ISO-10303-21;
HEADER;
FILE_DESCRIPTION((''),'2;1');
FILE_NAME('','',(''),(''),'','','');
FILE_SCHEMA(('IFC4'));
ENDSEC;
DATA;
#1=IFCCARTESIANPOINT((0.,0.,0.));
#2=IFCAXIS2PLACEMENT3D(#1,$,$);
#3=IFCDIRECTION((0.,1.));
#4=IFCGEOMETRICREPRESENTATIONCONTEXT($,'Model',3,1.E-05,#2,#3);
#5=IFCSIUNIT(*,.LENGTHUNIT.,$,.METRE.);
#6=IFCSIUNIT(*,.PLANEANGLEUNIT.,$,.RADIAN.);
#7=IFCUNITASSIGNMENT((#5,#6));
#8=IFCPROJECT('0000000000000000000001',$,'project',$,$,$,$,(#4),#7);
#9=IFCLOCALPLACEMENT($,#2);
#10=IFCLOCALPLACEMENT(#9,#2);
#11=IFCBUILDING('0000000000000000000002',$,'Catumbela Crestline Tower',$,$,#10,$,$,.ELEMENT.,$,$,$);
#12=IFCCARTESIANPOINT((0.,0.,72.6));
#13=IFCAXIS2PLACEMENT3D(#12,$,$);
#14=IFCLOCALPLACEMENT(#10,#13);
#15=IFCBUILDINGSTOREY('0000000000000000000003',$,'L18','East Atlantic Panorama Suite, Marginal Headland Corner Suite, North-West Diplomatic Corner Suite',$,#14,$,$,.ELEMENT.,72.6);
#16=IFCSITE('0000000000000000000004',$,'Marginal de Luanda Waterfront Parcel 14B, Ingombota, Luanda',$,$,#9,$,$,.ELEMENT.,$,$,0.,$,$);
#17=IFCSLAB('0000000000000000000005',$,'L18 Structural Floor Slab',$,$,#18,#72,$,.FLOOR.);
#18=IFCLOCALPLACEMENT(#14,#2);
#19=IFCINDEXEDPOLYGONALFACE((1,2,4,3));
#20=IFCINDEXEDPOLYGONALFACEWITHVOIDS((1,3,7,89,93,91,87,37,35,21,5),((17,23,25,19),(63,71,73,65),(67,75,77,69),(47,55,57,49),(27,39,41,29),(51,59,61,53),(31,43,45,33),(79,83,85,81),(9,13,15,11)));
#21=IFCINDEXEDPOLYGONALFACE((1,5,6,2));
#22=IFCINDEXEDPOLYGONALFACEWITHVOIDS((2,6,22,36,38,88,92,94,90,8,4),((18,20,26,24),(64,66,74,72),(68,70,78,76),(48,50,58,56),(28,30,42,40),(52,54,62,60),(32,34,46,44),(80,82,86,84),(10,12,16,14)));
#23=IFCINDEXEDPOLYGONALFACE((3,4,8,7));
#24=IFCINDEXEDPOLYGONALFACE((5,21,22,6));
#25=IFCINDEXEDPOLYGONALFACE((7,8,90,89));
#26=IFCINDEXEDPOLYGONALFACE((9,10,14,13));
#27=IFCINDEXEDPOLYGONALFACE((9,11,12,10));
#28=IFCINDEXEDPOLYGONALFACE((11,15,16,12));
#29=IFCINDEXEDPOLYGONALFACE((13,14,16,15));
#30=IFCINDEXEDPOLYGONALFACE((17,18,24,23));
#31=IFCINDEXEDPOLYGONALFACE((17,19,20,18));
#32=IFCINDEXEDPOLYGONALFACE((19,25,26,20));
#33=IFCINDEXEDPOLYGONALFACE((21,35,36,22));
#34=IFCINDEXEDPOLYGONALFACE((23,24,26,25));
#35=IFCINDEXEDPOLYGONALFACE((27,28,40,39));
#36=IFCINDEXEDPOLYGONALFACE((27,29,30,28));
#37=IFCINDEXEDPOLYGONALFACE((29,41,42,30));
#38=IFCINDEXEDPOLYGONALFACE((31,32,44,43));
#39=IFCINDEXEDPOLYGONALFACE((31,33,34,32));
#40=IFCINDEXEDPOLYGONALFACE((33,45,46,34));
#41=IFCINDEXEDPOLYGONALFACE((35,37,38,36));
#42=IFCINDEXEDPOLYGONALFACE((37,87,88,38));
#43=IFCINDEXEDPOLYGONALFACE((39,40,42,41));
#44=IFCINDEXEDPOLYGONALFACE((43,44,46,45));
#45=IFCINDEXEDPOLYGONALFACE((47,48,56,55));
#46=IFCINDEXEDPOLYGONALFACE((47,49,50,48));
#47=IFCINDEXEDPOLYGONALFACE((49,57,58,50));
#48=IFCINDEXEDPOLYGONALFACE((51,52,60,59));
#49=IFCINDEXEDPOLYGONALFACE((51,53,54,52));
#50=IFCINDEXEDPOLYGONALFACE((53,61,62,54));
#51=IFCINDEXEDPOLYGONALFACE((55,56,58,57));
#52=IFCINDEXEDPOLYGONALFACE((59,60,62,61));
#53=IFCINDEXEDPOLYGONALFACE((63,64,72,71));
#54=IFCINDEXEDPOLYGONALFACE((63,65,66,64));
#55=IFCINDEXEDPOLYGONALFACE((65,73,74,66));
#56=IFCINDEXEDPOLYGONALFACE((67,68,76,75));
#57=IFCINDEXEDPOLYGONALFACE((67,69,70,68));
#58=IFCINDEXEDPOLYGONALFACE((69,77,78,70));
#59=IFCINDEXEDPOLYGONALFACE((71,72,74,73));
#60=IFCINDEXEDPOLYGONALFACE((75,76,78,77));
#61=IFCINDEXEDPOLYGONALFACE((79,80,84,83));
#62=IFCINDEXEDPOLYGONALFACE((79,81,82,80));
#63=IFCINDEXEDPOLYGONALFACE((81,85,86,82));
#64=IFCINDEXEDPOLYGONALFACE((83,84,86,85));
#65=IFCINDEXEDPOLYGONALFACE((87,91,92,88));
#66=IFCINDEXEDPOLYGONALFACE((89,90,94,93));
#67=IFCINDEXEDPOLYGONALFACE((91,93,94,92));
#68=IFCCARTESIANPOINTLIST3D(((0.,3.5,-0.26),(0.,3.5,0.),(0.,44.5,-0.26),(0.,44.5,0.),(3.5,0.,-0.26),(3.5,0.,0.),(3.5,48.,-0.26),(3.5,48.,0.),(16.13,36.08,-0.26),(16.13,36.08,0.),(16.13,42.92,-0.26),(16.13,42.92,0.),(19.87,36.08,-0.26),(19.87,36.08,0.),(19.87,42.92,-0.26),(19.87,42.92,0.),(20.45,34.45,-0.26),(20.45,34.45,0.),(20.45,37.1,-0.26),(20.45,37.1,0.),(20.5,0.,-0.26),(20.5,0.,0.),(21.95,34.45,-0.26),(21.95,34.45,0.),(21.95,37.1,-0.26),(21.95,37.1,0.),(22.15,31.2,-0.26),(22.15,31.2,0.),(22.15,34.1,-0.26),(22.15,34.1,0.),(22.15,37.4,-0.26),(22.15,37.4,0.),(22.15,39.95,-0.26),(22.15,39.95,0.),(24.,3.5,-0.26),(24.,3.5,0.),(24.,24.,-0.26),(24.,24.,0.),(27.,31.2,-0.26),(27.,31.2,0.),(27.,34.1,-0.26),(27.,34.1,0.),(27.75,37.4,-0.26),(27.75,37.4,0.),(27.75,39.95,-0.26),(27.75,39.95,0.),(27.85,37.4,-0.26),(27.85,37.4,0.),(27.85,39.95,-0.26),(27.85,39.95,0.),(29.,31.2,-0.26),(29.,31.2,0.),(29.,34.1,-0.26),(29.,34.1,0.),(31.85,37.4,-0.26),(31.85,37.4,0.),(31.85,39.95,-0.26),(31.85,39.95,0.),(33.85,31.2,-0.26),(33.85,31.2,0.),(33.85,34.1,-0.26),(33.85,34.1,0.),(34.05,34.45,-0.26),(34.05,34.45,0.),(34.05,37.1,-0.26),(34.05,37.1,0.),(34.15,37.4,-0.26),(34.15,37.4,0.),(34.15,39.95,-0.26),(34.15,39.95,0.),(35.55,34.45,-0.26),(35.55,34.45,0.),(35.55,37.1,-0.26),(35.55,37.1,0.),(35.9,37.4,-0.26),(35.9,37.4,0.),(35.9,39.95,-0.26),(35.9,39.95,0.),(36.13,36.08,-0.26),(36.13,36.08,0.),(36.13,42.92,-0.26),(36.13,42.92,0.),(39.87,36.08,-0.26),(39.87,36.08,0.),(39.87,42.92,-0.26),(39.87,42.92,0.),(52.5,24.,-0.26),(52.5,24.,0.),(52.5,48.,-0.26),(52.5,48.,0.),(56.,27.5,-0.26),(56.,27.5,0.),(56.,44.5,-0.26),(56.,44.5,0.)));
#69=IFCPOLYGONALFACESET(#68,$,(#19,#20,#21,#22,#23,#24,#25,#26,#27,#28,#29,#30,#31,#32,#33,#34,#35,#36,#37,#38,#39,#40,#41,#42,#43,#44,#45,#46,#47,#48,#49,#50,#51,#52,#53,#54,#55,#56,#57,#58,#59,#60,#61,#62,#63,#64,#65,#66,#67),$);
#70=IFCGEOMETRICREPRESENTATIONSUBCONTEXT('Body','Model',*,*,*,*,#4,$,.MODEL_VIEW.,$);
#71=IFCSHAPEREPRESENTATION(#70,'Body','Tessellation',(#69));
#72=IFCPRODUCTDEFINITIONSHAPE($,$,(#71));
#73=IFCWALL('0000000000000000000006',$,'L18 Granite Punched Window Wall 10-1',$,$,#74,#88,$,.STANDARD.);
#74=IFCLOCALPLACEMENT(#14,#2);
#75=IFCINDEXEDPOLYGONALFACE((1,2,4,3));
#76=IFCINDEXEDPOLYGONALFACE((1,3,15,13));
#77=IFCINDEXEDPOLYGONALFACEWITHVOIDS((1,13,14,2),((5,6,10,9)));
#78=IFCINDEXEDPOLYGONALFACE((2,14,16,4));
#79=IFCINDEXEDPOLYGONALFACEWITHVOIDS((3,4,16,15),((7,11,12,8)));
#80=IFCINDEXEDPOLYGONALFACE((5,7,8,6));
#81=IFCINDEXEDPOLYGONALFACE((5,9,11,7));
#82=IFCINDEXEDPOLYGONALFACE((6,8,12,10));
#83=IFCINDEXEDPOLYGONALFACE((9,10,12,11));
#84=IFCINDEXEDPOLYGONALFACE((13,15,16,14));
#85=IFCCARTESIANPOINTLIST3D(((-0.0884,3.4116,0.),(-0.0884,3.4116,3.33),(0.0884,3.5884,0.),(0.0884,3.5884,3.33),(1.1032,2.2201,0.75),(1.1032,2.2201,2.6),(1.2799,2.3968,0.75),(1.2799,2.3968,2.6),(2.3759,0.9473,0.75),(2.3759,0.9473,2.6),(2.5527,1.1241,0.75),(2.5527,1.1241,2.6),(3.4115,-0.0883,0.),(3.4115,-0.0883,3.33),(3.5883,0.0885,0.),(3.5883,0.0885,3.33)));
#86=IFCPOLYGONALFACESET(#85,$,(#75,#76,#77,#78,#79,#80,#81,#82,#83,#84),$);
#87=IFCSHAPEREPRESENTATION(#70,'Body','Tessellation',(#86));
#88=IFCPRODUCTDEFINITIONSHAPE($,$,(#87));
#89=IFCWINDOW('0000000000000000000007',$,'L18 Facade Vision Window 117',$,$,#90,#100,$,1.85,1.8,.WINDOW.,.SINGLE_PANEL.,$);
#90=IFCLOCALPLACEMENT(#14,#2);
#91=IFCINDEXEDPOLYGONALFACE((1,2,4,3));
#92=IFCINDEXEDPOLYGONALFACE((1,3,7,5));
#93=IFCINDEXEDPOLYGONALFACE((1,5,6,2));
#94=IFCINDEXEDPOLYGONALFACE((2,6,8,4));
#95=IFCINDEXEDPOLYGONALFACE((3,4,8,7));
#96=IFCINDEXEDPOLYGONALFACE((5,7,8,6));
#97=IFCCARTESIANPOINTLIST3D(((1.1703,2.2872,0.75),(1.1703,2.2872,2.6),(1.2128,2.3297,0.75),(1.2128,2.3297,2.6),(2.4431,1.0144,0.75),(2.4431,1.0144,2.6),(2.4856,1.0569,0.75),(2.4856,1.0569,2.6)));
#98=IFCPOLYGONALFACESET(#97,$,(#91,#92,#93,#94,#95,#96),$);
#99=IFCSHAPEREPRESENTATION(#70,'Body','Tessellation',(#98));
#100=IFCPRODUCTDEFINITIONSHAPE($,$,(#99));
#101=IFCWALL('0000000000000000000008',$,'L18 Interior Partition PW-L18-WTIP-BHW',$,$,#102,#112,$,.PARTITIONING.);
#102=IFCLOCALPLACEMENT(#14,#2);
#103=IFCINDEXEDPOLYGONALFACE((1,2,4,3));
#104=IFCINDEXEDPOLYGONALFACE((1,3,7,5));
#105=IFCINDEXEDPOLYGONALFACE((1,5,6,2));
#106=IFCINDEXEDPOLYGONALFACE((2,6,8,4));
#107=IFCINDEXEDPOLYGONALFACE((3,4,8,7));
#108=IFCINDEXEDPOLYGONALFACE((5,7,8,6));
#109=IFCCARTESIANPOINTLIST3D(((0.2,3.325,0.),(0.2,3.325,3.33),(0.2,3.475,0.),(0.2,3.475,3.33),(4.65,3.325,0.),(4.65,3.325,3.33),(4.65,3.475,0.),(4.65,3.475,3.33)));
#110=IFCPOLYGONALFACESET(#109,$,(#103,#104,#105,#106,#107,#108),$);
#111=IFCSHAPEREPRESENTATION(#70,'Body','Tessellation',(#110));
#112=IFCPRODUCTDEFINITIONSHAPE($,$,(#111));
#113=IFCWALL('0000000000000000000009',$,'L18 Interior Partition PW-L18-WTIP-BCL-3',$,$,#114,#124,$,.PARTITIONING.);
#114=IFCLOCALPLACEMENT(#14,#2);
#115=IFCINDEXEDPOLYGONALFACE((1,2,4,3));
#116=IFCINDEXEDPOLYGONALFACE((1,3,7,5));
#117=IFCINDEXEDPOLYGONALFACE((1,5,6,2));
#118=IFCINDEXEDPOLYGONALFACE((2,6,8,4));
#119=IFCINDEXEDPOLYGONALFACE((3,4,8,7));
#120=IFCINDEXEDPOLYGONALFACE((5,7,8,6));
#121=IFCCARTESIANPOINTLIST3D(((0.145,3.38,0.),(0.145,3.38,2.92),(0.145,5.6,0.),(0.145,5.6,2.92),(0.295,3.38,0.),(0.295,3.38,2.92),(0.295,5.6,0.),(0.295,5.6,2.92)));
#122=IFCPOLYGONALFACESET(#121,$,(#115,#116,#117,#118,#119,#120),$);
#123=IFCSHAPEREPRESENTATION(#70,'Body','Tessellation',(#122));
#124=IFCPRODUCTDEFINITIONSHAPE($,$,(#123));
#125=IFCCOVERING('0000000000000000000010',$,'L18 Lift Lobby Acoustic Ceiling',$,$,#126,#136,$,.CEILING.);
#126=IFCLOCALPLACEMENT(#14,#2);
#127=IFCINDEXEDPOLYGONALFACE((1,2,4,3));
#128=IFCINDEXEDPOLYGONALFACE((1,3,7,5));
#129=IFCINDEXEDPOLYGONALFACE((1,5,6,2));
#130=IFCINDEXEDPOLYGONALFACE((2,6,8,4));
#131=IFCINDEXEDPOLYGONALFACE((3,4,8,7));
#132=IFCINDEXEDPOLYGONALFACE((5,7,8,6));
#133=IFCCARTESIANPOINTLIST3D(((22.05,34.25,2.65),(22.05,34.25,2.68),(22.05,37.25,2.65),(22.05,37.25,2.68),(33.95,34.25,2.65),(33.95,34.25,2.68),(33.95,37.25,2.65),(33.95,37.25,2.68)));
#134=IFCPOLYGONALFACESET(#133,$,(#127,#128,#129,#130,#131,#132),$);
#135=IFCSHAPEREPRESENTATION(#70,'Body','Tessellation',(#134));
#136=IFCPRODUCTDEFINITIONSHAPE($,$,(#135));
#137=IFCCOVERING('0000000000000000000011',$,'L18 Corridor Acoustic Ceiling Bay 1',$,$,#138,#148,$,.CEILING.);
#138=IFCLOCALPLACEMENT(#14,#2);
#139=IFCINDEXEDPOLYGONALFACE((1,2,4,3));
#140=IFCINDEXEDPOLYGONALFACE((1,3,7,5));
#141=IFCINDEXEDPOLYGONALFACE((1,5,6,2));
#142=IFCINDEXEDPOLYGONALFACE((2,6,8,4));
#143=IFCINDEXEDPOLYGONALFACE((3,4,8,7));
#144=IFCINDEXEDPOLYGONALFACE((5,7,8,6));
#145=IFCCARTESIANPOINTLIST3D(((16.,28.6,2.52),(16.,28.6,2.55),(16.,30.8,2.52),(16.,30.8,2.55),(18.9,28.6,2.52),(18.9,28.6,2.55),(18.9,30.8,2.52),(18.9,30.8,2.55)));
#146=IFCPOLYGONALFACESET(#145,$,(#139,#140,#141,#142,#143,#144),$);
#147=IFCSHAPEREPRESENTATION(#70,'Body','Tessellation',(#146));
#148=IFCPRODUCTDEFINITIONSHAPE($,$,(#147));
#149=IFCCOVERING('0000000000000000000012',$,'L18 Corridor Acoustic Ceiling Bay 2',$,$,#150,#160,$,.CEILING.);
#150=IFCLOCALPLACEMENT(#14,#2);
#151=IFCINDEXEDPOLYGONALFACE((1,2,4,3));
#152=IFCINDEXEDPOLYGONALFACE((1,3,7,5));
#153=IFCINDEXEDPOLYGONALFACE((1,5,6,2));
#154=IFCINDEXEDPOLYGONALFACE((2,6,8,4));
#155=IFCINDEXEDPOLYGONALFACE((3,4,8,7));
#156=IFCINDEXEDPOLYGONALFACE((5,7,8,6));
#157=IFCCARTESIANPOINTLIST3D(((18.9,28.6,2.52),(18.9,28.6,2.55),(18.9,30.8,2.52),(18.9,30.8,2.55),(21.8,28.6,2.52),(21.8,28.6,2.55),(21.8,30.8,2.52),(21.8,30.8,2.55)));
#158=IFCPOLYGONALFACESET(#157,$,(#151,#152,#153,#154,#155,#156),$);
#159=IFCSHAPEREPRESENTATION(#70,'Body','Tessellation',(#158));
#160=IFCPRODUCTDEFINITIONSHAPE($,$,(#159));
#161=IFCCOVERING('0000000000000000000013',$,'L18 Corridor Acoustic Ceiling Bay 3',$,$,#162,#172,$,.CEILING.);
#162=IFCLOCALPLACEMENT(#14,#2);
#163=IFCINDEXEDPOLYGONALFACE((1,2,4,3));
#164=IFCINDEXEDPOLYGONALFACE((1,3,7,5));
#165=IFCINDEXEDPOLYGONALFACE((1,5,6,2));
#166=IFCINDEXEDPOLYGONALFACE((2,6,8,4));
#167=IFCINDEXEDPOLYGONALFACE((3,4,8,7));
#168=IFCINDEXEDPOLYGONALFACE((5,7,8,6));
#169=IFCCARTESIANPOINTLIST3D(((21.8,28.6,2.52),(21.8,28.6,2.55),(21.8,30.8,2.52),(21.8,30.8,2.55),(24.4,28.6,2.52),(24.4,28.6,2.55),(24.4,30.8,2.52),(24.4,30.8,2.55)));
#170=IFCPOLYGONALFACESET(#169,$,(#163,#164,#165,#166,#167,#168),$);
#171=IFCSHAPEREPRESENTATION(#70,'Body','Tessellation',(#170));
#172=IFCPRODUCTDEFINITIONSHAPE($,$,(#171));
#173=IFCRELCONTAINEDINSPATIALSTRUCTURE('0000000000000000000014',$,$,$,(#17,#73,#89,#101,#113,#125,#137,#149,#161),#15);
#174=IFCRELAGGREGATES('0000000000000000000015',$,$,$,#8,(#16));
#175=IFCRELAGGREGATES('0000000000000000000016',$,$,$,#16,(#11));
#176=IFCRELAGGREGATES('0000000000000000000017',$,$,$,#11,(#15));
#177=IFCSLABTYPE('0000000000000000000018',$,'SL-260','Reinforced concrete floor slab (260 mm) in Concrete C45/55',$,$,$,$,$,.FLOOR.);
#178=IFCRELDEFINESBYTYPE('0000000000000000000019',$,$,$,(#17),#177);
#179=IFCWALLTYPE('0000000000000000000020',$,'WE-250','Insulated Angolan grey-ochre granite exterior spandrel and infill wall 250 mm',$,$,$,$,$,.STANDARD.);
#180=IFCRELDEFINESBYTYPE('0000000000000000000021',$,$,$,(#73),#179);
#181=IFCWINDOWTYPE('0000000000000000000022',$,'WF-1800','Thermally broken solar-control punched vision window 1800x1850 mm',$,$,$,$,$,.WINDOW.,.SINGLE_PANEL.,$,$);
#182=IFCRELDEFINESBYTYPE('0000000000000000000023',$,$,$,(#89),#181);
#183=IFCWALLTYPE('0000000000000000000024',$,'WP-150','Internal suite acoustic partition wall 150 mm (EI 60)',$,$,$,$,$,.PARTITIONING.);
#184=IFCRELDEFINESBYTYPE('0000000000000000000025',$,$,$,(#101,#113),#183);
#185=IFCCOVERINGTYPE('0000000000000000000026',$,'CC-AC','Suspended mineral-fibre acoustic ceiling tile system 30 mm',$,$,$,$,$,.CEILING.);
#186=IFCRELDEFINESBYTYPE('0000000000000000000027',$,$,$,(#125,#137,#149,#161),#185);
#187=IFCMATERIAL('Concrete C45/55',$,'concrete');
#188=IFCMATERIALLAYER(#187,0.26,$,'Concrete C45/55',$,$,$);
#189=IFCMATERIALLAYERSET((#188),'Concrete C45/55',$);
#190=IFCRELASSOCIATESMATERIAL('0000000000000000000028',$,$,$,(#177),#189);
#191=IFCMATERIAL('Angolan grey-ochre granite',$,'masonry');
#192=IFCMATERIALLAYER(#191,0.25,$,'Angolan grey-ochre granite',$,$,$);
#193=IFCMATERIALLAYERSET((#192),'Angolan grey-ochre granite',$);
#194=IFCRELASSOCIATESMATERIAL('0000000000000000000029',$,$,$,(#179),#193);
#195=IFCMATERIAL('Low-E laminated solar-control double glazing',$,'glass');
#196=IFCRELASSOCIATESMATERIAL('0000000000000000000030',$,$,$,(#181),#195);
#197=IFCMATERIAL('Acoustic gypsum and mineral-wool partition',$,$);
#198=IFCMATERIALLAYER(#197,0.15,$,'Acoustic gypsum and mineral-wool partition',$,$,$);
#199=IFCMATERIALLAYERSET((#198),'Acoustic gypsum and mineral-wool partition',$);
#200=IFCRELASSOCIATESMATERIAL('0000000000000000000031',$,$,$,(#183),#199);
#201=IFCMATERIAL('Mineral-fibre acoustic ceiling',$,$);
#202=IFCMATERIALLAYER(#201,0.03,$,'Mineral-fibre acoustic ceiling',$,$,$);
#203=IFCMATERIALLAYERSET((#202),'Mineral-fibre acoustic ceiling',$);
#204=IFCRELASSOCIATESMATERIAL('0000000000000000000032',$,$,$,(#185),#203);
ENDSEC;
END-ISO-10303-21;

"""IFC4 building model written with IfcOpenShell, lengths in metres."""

from ifc_helpers import new_model, si_unit, direction, frame, frame_2d, origin, place, context, subcontext, project, spatial, polyline, rectangle, outline, extrude, material, layer, layer_set, type_object, element, fill, save


model = new_model("IFC4")

# Units and contexts
model_context = context("Model", 3, precision=1e-05, world=origin(), true_north=direction((0.0, 1.0)))
body_context = subcontext(model_context, "Body", "Model", "MODEL_VIEW")
ifc_project = project(units=[si_unit("LENGTHUNIT", "METRE"), si_unit("PLANEANGLEUNIT", "RADIAN")], contexts=[model_context])

# Site, building, storey
site_placement = place(None, origin())
site = spatial("IfcSite", under=ifc_project, at=site_placement, Name="Marginal de Luanda Waterfront Parcel 14B, Ingombota, Luanda", CompositionType="ELEMENT", RefElevation=0.0)
building_placement = place(site_placement, origin())
building = spatial("IfcBuilding", under=site, at=building_placement, Name="Catumbela Crestline Tower", CompositionType="ELEMENT")
storey_placement = place(building_placement, frame((0.0, 0.0, 72.6)))
storey = spatial("IfcBuildingStorey", under=building, at=storey_placement, Name="L18", Description="East Atlantic Panorama Suite, Marginal Headland Corner Suite, North-West Diplomatic Corner Suite", CompositionType="ELEMENT", Elevation=72.6)

# Shared definitions
ifc_material_1 = material(Name="Concrete C45/55", Category="concrete")

# Slab
ifc_layer_1 = layer(ifc_material_1, 0.26, Name="Concrete C45/55")
ifc_layer_set_1 = layer_set([ifc_layer_1], Name="Concrete C45/55")
slab_type_1 = type_object("IfcSlabType", Name="SL-260", Description="Reinforced concrete floor slab (260 mm) in Concrete C45/55", PredefinedType="FLOOR", material=ifc_layer_set_1)
slab_1_placement = place(storey_placement, frame((0.0, 0.0, -0.26)))
element("IfcSlab", 1, at=slab_1_placement, inside=storey, type_object=slab_type_1, Name="L18 Structural Floor Slab", PredefinedType="FLOOR", context=body_context, shape_type="SweptSolid", body=[
    extrude(outline(polyline([(3.5, 0.0), (20.5, 0.0), (24.0, 3.5), (24.0, 24.0), (52.5, 24.0), (56.0, 27.5), (56.0, 44.5), (52.5, 48.0), (3.5, 48.0), (0.0, 44.5), (0.0, 3.5), (3.5, 0.0)]), holes=[polyline([(16.13, 36.08), (19.87, 36.08), (19.87, 42.92), (16.13, 42.92), (16.13, 36.08)]), polyline([(36.13, 36.08), (39.87, 36.08), (39.87, 42.92), (36.13, 42.92), (36.13, 36.08)]), polyline([(22.15, 31.2), (27.0, 31.2), (27.0, 34.1), (22.15, 34.1), (22.15, 31.2)]), polyline([(29.0, 31.2), (33.85, 31.2), (33.85, 34.1), (29.0, 34.1), (29.0, 31.2)]), polyline([(22.15, 37.4), (27.75, 37.4), (27.75, 39.95), (22.15, 39.95), (22.15, 37.4)]), polyline([(27.85, 37.4), (31.85, 37.4), (31.85, 39.95), (27.85, 39.95), (27.85, 37.4)]), polyline([(20.45, 34.45), (21.95, 34.45), (21.95, 37.1), (20.45, 37.1), (20.45, 34.45)]), polyline([(34.05, 34.45), (35.55, 34.45), (35.55, 37.1), (34.05, 37.1), (34.05, 34.45)]), polyline([(34.15, 37.4), (35.9, 37.4), (35.9, 39.95), (34.15, 39.95), (34.15, 37.4)])]), origin(), (0.0, 0.0, 1.0), 0.26),
])

# Wall, opening, window
ifc_material_2 = material(Name="Angolan grey-ochre granite", Category="masonry")
ifc_layer_2 = layer(ifc_material_2, 0.25, Name="Angolan grey-ochre granite")
ifc_layer_set_2 = layer_set([ifc_layer_2], Name="Angolan grey-ochre granite")
wall_type_1 = type_object("IfcWallType", Name="WE-250", Description="Insulated Angolan grey-ochre granite exterior spandrel and infill wall 250 mm", PredefinedType="STANDARD", material=ifc_layer_set_2)
wall_1_placement = place(storey_placement, frame((0.0, 3.5, 0.0), z_axis=(0.0, 0.0, 1.0), x_axis=(0.707107, -0.707107, 0.0)))
wall_1 = element("IfcWall", 2, at=wall_1_placement, inside=storey, type_object=wall_type_1, Name="L18 Granite Punched Window Wall 10-1", PredefinedType="STANDARD", context=body_context, shape_type="SweptSolid", body=[
    extrude(rectangle(XDim=4.9497, YDim=0.25, at=frame_2d((2.4748, 0.0))), origin(), (0.0, 0.0, 1.0), 3.33),
])
opening_placement = place(wall_1_placement, frame((1.6851, 0.0, 0.75)))
opening = element("IfcOpeningElement", 3, at=opening_placement, cuts=wall_1, PredefinedType="OPENING", context=body_context, shape_type="SweptSolid", body=[
    extrude(rectangle(XDim=1.8, YDim=1.85, at=frame_2d((0.9, 0.925))), frame((0.0, 0.135, 0.0), z_axis=(0.0, -1.0, 0.0), x_axis=(1.0, 0.0, 0.0)), (0.0, 0.0, 1.0), 0.27),
])
ifc_material_3 = material(Name="Low-E laminated solar-control double glazing", Category="glass")
window_type = type_object("IfcWindowType", Name="WF-1800", Description="Thermally broken solar-control punched vision window 1800x1850 mm", PartitioningType="SINGLE_PANEL", PredefinedType="WINDOW", material=ifc_material_3)
window_placement = place(opening_placement, origin())
window = element("IfcWindow", 4, at=window_placement, inside=storey, type_object=window_type, Name="L18 Facade Vision Window 117", OverallHeight=1.85, OverallWidth=1.8, PartitioningType="SINGLE_PANEL", PredefinedType="WINDOW", context=body_context, shape_type="SweptSolid", body=[
    extrude(rectangle(XDim=1.8, YDim=1.85, at=frame_2d((0.9, 0.925))), frame((0.0, 0.03, 0.0), z_axis=(0.0, -1.0, 0.0), x_axis=(1.0, 0.0, 0.0)), (0.0, 0.0, 1.0), 0.06),
])
fill(opening, window)

# Walls
ifc_material_4 = material(Name="Acoustic gypsum and mineral-wool partition")
ifc_layer_3 = layer(ifc_material_4, 0.15, Name="Acoustic gypsum and mineral-wool partition")
ifc_layer_set_3 = layer_set([ifc_layer_3], Name="Acoustic gypsum and mineral-wool partition")
wall_type_2 = type_object("IfcWallType", Name="WP-150", Description="Internal suite acoustic partition wall 150 mm (EI 60)", PredefinedType="PARTITIONING", material=ifc_layer_set_3)
wall_2_placement = place(storey_placement, frame((0.2, 3.4, 0.0), z_axis=(0.0, 0.0, 1.0), x_axis=(1.0, 0.0, 0.0)))
element("IfcWall", 5, at=wall_2_placement, inside=storey, type_object=wall_type_2, Name="L18 Interior Partition PW-L18-WTIP-BHW", PredefinedType="PARTITIONING", context=body_context, shape_type="SweptSolid", body=[
    extrude(rectangle(XDim=4.45, YDim=0.15, at=frame_2d((2.225, 0.0))), origin(), (0.0, 0.0, 1.0), 3.33),
])
wall_3_placement = place(storey_placement, frame((0.22, 3.38, 0.0), z_axis=(0.0, 0.0, 1.0), x_axis=(0.0, 1.0, 0.0)))
element("IfcWall", 6, at=wall_3_placement, inside=storey, type_object=wall_type_2, Name="L18 Interior Partition PW-L18-WTIP-BCL-3", PredefinedType="PARTITIONING", context=body_context, shape_type="SweptSolid", body=[
    extrude(rectangle(XDim=2.22, YDim=0.15, at=frame_2d((1.11, 0.0))), origin(), (0.0, 0.0, 1.0), 2.92),
])

# Coverings
ifc_material_5 = material(Name="Mineral-fibre acoustic ceiling")
ifc_layer_4 = layer(ifc_material_5, 0.03, Name="Mineral-fibre acoustic ceiling")
ifc_layer_set_4 = layer_set([ifc_layer_4], Name="Mineral-fibre acoustic ceiling")
covering_type_1 = type_object("IfcCoveringType", Name="CC-AC", Description="Suspended mineral-fibre acoustic ceiling tile system 30 mm", PredefinedType="CEILING", material=ifc_layer_set_4)
covering_1_placement = place(storey_placement, frame((0.0, 0.0, 2.65)))
element("IfcCovering", 7, at=covering_1_placement, inside=storey, type_object=covering_type_1, Name="L18 Lift Lobby Acoustic Ceiling", PredefinedType="CEILING", context=body_context, shape_type="SweptSolid", body=[
    extrude(outline(polyline([(22.05, 34.25), (33.95, 34.25), (33.95, 37.25), (22.05, 37.25), (22.05, 34.25)])), origin(), (0.0, 0.0, 1.0), 0.03),
])
covering_2_placement = place(storey_placement, frame((0.0, 0.0, 2.52)))
element("IfcCovering", 8, at=covering_2_placement, inside=storey, type_object=covering_type_1, Name="L18 Corridor Acoustic Ceiling Bay 1", PredefinedType="CEILING", context=body_context, shape_type="SweptSolid", body=[
    extrude(outline(polyline([(16.0, 28.6), (18.9, 28.6), (18.9, 30.8), (16.0, 30.8), (16.0, 28.6)])), origin(), (0.0, 0.0, 1.0), 0.03),
])
covering_3_placement = place(storey_placement, frame((0.0, 0.0, 2.52)))
element("IfcCovering", 9, at=covering_3_placement, inside=storey, type_object=covering_type_1, Name="L18 Corridor Acoustic Ceiling Bay 2", PredefinedType="CEILING", context=body_context, shape_type="SweptSolid", body=[
    extrude(outline(polyline([(18.9, 28.6), (21.8, 28.6), (21.8, 30.8), (18.9, 30.8), (18.9, 28.6)])), origin(), (0.0, 0.0, 1.0), 0.03),
])
covering_4_placement = place(storey_placement, frame((0.0, 0.0, 2.52)))
element("IfcCovering", 10, at=covering_4_placement, inside=storey, type_object=covering_type_1, Name="L18 Corridor Acoustic Ceiling Bay 3", PredefinedType="CEILING", context=body_context, shape_type="SweptSolid", body=[
    extrude(outline(polyline([(21.8, 28.6), (24.4, 28.6), (24.4, 30.8), (21.8, 30.8), (21.8, 28.6)])), origin(), (0.0, 0.0, 1.0), 0.03),
])

save(model, "model.ifc")
